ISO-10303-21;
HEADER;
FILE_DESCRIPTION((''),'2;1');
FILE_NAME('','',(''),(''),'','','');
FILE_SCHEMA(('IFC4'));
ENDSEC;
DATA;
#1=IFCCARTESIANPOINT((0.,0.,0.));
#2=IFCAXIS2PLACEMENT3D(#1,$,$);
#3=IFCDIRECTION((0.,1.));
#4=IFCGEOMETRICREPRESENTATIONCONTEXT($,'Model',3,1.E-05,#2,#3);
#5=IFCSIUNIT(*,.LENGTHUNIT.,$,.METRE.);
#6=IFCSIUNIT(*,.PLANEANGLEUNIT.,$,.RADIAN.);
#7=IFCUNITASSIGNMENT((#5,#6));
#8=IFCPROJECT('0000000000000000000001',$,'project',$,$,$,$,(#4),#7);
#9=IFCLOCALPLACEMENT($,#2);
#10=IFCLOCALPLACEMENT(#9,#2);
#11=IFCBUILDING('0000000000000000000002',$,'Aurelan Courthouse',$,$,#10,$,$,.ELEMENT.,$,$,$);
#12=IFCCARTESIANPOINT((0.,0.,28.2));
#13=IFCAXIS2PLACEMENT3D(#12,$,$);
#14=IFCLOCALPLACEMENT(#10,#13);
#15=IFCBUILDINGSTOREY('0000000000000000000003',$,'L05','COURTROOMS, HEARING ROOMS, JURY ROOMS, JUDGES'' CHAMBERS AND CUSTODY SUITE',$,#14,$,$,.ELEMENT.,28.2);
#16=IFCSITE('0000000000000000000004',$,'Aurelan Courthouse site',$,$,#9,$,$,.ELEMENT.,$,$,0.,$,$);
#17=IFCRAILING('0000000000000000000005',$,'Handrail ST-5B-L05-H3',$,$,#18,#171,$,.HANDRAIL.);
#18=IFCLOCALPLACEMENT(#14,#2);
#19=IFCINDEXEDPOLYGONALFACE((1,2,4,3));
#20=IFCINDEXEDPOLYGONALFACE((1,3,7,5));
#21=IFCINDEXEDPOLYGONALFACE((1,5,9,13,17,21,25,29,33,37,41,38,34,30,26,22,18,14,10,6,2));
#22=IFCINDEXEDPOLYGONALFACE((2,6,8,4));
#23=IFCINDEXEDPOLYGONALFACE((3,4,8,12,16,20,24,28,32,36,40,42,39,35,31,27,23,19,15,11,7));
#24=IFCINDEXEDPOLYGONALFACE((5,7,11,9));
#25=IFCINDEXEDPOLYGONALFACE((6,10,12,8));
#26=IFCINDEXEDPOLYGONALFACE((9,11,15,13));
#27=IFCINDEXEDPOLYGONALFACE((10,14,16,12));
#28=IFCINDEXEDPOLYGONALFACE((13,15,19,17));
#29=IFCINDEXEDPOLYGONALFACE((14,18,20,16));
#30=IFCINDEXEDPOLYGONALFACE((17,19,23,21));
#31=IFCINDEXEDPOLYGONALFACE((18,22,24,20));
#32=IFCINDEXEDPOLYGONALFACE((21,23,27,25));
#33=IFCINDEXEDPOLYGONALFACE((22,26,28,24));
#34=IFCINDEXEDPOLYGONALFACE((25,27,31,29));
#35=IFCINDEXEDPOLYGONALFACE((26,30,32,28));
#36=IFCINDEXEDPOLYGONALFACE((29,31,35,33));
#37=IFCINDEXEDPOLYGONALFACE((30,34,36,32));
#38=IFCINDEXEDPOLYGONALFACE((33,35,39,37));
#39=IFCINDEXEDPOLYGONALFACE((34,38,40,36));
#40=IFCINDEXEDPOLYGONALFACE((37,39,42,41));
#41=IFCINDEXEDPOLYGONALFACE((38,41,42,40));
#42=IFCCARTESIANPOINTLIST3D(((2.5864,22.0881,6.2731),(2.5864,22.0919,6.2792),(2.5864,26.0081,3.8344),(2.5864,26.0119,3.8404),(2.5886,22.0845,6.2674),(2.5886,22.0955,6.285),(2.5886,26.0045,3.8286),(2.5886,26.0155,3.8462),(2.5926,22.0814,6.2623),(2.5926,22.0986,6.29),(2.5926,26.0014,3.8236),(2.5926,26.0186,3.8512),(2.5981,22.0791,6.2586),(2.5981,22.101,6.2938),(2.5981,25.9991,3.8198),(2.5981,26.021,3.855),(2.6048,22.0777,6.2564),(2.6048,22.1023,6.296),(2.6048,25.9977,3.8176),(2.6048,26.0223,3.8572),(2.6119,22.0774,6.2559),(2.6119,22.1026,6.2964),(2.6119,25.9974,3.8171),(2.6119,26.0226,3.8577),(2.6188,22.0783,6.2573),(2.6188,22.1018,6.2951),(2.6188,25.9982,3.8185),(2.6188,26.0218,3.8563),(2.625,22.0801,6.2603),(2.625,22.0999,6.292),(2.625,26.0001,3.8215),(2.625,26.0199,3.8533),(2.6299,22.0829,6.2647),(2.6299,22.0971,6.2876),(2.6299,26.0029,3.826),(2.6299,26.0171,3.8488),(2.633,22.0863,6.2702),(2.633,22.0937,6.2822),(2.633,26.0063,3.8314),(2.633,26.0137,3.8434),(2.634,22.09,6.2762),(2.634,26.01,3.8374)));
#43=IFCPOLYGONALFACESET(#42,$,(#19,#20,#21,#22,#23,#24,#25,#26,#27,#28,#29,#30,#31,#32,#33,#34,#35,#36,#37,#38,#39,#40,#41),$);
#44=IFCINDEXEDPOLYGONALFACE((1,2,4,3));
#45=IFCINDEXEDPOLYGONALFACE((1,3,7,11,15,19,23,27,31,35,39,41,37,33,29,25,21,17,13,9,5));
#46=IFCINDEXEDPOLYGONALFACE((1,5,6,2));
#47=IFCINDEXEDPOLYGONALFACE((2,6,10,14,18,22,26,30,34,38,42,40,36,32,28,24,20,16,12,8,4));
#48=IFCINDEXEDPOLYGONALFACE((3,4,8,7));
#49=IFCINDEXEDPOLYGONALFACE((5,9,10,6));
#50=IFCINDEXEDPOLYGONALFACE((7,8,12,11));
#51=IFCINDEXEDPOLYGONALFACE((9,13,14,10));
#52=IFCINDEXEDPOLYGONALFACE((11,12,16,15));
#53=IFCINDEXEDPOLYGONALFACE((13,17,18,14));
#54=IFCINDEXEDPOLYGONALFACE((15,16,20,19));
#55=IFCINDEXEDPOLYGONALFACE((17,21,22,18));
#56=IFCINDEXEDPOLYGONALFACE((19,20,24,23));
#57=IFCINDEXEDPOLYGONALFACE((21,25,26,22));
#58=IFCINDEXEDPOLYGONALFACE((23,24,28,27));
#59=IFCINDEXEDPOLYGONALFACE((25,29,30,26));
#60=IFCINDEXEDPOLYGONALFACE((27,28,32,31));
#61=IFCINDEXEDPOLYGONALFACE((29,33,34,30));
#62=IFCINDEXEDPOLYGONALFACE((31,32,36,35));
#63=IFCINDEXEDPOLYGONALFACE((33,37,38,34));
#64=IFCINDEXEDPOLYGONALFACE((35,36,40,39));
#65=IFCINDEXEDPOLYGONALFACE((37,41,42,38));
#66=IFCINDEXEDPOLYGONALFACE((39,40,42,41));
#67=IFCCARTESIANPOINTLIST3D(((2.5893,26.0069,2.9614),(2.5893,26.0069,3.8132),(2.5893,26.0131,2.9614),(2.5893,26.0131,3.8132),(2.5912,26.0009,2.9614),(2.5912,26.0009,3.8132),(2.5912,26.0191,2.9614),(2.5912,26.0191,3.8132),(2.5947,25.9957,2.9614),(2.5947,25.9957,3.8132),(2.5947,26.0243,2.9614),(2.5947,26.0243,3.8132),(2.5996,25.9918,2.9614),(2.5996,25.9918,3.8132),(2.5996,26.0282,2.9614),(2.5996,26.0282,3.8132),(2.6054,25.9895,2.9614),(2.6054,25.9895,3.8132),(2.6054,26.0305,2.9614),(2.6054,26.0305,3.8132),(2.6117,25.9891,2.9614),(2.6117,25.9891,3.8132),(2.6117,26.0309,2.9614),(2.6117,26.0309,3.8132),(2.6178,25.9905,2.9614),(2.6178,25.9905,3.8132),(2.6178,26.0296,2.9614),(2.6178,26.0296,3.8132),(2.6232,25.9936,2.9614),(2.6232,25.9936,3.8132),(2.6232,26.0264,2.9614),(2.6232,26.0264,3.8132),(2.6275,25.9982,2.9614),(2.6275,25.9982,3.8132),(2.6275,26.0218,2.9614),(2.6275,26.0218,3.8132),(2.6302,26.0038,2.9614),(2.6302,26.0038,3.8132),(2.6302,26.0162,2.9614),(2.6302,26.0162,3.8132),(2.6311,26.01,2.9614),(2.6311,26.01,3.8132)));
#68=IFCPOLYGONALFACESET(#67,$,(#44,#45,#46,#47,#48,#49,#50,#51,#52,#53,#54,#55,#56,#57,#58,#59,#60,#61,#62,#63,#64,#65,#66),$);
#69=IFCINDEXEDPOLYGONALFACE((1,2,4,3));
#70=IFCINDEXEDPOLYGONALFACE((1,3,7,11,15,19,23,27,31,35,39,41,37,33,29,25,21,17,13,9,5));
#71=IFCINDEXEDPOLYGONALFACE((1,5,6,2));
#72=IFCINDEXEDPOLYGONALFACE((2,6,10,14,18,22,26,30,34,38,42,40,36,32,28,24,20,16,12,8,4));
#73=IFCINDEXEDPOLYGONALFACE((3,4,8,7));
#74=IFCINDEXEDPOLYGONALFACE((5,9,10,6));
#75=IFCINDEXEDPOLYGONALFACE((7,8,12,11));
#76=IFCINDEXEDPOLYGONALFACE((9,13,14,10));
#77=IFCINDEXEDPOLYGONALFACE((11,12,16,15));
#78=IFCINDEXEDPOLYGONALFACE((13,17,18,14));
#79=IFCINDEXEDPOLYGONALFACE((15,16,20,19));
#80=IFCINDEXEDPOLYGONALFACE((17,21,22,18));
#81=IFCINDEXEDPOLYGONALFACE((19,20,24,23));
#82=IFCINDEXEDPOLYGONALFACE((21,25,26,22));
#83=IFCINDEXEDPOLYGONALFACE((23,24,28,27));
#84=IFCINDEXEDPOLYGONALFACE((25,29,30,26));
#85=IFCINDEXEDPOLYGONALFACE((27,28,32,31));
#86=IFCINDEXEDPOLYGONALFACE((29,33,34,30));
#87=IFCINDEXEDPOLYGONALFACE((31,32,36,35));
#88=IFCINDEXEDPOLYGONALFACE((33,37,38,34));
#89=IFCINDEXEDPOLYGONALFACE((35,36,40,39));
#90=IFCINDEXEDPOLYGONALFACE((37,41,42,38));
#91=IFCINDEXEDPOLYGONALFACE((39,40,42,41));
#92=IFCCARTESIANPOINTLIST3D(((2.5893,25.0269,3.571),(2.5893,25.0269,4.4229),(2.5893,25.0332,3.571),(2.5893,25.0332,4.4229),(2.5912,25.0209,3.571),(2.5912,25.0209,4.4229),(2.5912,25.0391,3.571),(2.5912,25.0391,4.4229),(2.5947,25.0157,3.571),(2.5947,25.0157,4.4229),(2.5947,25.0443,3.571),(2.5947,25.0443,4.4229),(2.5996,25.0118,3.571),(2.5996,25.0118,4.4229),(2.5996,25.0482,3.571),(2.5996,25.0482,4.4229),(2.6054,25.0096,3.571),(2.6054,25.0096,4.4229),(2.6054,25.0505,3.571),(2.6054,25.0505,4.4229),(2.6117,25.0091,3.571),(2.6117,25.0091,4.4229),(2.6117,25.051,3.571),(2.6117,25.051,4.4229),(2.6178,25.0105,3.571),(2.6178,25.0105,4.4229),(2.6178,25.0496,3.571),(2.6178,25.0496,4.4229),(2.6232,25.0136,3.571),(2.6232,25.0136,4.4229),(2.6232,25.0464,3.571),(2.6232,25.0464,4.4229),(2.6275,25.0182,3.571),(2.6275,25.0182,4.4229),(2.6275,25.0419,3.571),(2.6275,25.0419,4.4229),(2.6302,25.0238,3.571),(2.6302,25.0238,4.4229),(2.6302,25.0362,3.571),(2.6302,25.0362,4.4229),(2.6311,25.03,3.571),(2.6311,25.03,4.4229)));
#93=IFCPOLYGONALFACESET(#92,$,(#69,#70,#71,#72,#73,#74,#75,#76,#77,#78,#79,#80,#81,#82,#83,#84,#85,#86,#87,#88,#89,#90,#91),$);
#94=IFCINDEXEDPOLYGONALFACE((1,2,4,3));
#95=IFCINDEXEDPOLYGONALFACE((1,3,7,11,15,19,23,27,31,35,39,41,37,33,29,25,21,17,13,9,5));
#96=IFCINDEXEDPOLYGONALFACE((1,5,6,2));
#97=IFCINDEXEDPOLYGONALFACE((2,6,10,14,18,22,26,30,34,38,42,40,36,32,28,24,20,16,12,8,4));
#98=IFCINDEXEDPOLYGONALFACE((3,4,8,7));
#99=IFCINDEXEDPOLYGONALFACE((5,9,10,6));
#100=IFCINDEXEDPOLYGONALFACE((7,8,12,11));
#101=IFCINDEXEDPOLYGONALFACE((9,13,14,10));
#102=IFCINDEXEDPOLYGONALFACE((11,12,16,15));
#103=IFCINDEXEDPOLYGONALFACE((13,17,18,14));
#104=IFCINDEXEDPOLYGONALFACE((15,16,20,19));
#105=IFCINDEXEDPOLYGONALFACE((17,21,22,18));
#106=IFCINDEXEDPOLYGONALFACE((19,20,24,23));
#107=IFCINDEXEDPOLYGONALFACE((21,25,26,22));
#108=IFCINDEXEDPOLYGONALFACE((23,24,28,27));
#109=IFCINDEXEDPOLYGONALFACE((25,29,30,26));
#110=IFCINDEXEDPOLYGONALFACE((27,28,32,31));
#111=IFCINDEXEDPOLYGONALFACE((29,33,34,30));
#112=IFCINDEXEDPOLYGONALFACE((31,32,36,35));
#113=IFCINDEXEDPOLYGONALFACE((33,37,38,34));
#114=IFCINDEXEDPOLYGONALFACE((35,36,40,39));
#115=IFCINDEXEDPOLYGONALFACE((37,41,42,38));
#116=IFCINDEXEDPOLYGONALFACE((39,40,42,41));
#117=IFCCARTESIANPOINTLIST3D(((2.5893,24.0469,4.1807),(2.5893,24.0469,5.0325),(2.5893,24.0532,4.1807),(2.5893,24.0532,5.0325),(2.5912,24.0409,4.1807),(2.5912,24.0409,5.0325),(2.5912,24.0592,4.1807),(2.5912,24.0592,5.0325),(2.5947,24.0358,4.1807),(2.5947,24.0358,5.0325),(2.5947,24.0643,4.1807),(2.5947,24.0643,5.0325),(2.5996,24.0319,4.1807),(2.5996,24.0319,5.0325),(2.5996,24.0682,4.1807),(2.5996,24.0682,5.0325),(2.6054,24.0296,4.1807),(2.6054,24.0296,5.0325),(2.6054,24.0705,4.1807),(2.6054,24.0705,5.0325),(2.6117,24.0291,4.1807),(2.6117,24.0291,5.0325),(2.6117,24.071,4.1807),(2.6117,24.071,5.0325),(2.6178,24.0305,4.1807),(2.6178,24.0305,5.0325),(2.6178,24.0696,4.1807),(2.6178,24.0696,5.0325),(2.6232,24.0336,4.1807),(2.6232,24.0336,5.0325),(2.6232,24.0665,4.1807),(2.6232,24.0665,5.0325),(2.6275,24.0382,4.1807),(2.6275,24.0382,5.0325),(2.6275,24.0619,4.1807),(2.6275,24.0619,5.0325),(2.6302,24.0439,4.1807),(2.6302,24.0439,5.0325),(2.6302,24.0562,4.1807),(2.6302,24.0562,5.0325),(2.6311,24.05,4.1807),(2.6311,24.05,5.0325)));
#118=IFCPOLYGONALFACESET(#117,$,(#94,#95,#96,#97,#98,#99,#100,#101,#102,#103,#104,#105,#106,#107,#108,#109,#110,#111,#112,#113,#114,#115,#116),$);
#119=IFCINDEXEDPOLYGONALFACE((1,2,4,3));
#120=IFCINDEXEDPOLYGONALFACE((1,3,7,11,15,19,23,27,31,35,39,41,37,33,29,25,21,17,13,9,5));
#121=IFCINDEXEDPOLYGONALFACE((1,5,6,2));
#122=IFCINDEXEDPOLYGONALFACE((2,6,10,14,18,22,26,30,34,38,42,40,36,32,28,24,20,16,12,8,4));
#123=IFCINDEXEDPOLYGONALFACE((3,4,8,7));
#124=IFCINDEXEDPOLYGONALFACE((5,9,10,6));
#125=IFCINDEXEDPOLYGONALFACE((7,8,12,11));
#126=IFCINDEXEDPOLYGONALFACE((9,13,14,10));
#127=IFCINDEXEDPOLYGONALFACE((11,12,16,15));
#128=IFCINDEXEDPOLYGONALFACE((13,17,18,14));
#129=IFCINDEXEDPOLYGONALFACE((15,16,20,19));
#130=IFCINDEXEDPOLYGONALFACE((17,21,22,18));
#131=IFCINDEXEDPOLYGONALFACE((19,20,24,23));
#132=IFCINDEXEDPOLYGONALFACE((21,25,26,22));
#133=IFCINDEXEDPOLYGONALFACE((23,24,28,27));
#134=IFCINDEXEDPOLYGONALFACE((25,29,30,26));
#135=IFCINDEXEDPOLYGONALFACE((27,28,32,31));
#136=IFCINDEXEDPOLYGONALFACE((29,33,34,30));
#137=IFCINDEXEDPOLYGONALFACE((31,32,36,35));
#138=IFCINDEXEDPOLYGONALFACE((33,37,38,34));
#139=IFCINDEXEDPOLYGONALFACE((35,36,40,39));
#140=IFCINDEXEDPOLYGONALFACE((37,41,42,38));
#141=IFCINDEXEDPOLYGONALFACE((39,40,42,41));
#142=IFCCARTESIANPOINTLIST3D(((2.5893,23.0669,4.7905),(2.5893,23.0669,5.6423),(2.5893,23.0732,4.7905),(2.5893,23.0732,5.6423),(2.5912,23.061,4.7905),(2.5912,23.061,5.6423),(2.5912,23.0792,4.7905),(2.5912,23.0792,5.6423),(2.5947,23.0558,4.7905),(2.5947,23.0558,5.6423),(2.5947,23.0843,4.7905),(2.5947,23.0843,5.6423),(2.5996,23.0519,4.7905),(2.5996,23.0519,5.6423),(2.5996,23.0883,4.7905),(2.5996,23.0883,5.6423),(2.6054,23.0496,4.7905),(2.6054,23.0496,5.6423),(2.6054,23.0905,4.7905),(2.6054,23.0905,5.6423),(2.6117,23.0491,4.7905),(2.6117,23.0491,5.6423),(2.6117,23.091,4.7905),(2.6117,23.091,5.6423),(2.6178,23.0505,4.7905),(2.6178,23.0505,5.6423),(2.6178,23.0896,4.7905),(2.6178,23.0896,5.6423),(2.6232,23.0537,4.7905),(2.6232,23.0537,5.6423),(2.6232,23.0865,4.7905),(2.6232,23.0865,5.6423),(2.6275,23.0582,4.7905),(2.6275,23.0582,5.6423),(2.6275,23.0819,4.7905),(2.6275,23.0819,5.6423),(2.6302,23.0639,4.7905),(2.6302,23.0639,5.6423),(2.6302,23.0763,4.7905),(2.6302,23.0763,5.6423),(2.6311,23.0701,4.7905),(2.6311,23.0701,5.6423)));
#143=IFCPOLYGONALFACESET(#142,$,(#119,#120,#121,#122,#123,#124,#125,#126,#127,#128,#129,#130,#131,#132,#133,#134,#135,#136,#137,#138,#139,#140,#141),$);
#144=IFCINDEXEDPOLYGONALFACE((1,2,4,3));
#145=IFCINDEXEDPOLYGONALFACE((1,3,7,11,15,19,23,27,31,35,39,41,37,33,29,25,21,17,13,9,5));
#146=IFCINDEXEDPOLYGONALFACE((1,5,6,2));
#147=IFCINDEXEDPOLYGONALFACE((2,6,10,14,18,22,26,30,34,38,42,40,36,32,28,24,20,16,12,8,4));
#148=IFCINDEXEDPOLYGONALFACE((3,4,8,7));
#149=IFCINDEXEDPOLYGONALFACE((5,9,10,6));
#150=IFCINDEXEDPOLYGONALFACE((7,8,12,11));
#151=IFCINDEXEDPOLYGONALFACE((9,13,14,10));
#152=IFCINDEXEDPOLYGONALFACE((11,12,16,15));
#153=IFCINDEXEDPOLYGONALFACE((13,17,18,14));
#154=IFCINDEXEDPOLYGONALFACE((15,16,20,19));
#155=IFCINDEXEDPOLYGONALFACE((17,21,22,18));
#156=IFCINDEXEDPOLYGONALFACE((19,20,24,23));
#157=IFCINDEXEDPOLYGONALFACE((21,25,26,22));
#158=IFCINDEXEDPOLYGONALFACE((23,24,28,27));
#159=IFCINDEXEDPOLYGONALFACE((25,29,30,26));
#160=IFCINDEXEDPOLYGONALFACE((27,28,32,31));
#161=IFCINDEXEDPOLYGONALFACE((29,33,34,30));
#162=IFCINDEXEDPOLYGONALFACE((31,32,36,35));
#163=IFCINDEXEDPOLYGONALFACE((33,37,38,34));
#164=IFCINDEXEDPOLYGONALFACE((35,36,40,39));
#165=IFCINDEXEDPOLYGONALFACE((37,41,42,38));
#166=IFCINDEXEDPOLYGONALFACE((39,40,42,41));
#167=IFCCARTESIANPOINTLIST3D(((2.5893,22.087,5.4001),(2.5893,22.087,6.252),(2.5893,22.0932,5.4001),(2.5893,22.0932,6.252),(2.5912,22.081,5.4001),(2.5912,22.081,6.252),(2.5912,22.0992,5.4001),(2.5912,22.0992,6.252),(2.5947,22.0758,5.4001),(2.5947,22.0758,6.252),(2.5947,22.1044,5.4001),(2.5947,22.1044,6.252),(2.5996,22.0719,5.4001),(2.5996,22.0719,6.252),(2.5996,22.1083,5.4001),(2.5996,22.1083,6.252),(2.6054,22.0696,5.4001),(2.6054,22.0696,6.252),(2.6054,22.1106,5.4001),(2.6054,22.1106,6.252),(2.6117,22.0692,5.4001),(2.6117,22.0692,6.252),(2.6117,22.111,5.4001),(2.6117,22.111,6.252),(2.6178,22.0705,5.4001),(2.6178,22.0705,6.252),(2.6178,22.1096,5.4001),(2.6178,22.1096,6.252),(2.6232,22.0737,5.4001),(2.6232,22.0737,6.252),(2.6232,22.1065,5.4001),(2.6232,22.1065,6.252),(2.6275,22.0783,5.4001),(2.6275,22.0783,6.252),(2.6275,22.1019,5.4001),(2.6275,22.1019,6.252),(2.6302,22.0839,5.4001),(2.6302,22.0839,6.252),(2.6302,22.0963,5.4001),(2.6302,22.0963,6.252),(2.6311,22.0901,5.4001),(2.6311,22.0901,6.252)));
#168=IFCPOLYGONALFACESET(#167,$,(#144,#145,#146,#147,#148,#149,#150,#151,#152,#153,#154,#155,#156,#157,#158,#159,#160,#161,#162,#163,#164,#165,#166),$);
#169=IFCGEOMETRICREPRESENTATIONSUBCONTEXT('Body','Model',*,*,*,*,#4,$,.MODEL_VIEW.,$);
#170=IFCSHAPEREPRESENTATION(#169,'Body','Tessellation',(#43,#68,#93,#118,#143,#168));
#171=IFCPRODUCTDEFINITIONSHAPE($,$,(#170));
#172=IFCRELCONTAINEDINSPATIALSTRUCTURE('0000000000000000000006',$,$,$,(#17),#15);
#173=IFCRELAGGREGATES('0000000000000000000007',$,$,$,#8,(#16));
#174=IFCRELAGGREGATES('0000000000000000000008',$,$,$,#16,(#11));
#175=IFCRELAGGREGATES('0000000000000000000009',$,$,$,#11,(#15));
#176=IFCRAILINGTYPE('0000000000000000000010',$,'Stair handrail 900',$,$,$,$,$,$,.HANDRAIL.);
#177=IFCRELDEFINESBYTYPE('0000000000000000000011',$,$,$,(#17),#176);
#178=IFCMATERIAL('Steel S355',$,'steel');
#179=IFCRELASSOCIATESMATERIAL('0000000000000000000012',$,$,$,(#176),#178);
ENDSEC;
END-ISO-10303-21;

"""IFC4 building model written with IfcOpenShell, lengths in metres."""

from ifc_helpers import new_model, si_unit, direction, frame, origin, origin_2d, place, context, subcontext, project, spatial, circle, extrude, material, type_object, element, save


model = new_model("IFC4")

# Units and contexts
model_context = context("Model", 3, precision=1e-05, world=origin(), true_north=direction((0.0, 1.0)))
body_context = subcontext(model_context, "Body", "Model", "MODEL_VIEW")
ifc_project = project(units=[si_unit("LENGTHUNIT", "METRE"), si_unit("PLANEANGLEUNIT", "RADIAN")], contexts=[model_context])

# Site, building, storey
site_placement = place(None, origin())
site = spatial("IfcSite", under=ifc_project, at=site_placement, Name="Aurelan Courthouse site", CompositionType="ELEMENT", RefElevation=0.0)
building_placement = place(site_placement, origin())
building = spatial("IfcBuilding", under=site, at=building_placement, Name="Aurelan Courthouse", CompositionType="ELEMENT")
storey_placement = place(building_placement, frame((0.0, 0.0, 28.2)))
storey = spatial("IfcBuildingStorey", under=building, at=storey_placement, Name="L05", Description="COURTROOMS, HEARING ROOMS, JURY ROOMS, JUDGES' CHAMBERS AND CUSTODY SUITE", CompositionType="ELEMENT", Elevation=28.2)

# Railing
ifc_material_1 = material(Name="Steel S355", Category="steel")
railing_type_1 = type_object("IfcRailingType", Name="Stair handrail 900", PredefinedType="HANDRAIL", material=ifc_material_1)
railing_1_placement = place(storey_placement, frame((2.6101, 26.01, 2.9614)))
element("IfcRailing", 1, at=railing_1_placement, inside=storey, type_object=railing_type_1, Name="Handrail ST-5B-L05-H3", PredefinedType="HANDRAIL", context=body_context, shape_type="SweptSolid", body=[
    extrude(circle(Radius=0.0239, at=origin_2d()), frame((0.0, 0.0, 0.876), z_axis=(0.0, -0.84909, 0.528249), x_axis=(1.0, 0.0, 0.0)), (0.0, 0.0, 1.0), 4.6167),
    extrude(circle(Radius=0.021, at=origin_2d()), origin(), (0.0, 0.0, 1.0), 0.8518),
    extrude(circle(Radius=0.021, at=origin_2d()), frame((0.0, -0.98, 0.6096)), (0.0, 0.0, 1.0), 0.8518),
    extrude(circle(Radius=0.021, at=origin_2d()), frame((0.0, -1.96, 1.2192)), (0.0, 0.0, 1.0), 0.8518),
    extrude(circle(Radius=0.021, at=origin_2d()), frame((0.0, -2.9399, 1.8291)), (0.0, 0.0, 1.0), 0.8518),
    extrude(circle(Radius=0.021, at=origin_2d()), frame((0.0, -3.9199, 2.4387)), (0.0, 0.0, 1.0), 0.8518),
])

save(model, "model.ifc")
